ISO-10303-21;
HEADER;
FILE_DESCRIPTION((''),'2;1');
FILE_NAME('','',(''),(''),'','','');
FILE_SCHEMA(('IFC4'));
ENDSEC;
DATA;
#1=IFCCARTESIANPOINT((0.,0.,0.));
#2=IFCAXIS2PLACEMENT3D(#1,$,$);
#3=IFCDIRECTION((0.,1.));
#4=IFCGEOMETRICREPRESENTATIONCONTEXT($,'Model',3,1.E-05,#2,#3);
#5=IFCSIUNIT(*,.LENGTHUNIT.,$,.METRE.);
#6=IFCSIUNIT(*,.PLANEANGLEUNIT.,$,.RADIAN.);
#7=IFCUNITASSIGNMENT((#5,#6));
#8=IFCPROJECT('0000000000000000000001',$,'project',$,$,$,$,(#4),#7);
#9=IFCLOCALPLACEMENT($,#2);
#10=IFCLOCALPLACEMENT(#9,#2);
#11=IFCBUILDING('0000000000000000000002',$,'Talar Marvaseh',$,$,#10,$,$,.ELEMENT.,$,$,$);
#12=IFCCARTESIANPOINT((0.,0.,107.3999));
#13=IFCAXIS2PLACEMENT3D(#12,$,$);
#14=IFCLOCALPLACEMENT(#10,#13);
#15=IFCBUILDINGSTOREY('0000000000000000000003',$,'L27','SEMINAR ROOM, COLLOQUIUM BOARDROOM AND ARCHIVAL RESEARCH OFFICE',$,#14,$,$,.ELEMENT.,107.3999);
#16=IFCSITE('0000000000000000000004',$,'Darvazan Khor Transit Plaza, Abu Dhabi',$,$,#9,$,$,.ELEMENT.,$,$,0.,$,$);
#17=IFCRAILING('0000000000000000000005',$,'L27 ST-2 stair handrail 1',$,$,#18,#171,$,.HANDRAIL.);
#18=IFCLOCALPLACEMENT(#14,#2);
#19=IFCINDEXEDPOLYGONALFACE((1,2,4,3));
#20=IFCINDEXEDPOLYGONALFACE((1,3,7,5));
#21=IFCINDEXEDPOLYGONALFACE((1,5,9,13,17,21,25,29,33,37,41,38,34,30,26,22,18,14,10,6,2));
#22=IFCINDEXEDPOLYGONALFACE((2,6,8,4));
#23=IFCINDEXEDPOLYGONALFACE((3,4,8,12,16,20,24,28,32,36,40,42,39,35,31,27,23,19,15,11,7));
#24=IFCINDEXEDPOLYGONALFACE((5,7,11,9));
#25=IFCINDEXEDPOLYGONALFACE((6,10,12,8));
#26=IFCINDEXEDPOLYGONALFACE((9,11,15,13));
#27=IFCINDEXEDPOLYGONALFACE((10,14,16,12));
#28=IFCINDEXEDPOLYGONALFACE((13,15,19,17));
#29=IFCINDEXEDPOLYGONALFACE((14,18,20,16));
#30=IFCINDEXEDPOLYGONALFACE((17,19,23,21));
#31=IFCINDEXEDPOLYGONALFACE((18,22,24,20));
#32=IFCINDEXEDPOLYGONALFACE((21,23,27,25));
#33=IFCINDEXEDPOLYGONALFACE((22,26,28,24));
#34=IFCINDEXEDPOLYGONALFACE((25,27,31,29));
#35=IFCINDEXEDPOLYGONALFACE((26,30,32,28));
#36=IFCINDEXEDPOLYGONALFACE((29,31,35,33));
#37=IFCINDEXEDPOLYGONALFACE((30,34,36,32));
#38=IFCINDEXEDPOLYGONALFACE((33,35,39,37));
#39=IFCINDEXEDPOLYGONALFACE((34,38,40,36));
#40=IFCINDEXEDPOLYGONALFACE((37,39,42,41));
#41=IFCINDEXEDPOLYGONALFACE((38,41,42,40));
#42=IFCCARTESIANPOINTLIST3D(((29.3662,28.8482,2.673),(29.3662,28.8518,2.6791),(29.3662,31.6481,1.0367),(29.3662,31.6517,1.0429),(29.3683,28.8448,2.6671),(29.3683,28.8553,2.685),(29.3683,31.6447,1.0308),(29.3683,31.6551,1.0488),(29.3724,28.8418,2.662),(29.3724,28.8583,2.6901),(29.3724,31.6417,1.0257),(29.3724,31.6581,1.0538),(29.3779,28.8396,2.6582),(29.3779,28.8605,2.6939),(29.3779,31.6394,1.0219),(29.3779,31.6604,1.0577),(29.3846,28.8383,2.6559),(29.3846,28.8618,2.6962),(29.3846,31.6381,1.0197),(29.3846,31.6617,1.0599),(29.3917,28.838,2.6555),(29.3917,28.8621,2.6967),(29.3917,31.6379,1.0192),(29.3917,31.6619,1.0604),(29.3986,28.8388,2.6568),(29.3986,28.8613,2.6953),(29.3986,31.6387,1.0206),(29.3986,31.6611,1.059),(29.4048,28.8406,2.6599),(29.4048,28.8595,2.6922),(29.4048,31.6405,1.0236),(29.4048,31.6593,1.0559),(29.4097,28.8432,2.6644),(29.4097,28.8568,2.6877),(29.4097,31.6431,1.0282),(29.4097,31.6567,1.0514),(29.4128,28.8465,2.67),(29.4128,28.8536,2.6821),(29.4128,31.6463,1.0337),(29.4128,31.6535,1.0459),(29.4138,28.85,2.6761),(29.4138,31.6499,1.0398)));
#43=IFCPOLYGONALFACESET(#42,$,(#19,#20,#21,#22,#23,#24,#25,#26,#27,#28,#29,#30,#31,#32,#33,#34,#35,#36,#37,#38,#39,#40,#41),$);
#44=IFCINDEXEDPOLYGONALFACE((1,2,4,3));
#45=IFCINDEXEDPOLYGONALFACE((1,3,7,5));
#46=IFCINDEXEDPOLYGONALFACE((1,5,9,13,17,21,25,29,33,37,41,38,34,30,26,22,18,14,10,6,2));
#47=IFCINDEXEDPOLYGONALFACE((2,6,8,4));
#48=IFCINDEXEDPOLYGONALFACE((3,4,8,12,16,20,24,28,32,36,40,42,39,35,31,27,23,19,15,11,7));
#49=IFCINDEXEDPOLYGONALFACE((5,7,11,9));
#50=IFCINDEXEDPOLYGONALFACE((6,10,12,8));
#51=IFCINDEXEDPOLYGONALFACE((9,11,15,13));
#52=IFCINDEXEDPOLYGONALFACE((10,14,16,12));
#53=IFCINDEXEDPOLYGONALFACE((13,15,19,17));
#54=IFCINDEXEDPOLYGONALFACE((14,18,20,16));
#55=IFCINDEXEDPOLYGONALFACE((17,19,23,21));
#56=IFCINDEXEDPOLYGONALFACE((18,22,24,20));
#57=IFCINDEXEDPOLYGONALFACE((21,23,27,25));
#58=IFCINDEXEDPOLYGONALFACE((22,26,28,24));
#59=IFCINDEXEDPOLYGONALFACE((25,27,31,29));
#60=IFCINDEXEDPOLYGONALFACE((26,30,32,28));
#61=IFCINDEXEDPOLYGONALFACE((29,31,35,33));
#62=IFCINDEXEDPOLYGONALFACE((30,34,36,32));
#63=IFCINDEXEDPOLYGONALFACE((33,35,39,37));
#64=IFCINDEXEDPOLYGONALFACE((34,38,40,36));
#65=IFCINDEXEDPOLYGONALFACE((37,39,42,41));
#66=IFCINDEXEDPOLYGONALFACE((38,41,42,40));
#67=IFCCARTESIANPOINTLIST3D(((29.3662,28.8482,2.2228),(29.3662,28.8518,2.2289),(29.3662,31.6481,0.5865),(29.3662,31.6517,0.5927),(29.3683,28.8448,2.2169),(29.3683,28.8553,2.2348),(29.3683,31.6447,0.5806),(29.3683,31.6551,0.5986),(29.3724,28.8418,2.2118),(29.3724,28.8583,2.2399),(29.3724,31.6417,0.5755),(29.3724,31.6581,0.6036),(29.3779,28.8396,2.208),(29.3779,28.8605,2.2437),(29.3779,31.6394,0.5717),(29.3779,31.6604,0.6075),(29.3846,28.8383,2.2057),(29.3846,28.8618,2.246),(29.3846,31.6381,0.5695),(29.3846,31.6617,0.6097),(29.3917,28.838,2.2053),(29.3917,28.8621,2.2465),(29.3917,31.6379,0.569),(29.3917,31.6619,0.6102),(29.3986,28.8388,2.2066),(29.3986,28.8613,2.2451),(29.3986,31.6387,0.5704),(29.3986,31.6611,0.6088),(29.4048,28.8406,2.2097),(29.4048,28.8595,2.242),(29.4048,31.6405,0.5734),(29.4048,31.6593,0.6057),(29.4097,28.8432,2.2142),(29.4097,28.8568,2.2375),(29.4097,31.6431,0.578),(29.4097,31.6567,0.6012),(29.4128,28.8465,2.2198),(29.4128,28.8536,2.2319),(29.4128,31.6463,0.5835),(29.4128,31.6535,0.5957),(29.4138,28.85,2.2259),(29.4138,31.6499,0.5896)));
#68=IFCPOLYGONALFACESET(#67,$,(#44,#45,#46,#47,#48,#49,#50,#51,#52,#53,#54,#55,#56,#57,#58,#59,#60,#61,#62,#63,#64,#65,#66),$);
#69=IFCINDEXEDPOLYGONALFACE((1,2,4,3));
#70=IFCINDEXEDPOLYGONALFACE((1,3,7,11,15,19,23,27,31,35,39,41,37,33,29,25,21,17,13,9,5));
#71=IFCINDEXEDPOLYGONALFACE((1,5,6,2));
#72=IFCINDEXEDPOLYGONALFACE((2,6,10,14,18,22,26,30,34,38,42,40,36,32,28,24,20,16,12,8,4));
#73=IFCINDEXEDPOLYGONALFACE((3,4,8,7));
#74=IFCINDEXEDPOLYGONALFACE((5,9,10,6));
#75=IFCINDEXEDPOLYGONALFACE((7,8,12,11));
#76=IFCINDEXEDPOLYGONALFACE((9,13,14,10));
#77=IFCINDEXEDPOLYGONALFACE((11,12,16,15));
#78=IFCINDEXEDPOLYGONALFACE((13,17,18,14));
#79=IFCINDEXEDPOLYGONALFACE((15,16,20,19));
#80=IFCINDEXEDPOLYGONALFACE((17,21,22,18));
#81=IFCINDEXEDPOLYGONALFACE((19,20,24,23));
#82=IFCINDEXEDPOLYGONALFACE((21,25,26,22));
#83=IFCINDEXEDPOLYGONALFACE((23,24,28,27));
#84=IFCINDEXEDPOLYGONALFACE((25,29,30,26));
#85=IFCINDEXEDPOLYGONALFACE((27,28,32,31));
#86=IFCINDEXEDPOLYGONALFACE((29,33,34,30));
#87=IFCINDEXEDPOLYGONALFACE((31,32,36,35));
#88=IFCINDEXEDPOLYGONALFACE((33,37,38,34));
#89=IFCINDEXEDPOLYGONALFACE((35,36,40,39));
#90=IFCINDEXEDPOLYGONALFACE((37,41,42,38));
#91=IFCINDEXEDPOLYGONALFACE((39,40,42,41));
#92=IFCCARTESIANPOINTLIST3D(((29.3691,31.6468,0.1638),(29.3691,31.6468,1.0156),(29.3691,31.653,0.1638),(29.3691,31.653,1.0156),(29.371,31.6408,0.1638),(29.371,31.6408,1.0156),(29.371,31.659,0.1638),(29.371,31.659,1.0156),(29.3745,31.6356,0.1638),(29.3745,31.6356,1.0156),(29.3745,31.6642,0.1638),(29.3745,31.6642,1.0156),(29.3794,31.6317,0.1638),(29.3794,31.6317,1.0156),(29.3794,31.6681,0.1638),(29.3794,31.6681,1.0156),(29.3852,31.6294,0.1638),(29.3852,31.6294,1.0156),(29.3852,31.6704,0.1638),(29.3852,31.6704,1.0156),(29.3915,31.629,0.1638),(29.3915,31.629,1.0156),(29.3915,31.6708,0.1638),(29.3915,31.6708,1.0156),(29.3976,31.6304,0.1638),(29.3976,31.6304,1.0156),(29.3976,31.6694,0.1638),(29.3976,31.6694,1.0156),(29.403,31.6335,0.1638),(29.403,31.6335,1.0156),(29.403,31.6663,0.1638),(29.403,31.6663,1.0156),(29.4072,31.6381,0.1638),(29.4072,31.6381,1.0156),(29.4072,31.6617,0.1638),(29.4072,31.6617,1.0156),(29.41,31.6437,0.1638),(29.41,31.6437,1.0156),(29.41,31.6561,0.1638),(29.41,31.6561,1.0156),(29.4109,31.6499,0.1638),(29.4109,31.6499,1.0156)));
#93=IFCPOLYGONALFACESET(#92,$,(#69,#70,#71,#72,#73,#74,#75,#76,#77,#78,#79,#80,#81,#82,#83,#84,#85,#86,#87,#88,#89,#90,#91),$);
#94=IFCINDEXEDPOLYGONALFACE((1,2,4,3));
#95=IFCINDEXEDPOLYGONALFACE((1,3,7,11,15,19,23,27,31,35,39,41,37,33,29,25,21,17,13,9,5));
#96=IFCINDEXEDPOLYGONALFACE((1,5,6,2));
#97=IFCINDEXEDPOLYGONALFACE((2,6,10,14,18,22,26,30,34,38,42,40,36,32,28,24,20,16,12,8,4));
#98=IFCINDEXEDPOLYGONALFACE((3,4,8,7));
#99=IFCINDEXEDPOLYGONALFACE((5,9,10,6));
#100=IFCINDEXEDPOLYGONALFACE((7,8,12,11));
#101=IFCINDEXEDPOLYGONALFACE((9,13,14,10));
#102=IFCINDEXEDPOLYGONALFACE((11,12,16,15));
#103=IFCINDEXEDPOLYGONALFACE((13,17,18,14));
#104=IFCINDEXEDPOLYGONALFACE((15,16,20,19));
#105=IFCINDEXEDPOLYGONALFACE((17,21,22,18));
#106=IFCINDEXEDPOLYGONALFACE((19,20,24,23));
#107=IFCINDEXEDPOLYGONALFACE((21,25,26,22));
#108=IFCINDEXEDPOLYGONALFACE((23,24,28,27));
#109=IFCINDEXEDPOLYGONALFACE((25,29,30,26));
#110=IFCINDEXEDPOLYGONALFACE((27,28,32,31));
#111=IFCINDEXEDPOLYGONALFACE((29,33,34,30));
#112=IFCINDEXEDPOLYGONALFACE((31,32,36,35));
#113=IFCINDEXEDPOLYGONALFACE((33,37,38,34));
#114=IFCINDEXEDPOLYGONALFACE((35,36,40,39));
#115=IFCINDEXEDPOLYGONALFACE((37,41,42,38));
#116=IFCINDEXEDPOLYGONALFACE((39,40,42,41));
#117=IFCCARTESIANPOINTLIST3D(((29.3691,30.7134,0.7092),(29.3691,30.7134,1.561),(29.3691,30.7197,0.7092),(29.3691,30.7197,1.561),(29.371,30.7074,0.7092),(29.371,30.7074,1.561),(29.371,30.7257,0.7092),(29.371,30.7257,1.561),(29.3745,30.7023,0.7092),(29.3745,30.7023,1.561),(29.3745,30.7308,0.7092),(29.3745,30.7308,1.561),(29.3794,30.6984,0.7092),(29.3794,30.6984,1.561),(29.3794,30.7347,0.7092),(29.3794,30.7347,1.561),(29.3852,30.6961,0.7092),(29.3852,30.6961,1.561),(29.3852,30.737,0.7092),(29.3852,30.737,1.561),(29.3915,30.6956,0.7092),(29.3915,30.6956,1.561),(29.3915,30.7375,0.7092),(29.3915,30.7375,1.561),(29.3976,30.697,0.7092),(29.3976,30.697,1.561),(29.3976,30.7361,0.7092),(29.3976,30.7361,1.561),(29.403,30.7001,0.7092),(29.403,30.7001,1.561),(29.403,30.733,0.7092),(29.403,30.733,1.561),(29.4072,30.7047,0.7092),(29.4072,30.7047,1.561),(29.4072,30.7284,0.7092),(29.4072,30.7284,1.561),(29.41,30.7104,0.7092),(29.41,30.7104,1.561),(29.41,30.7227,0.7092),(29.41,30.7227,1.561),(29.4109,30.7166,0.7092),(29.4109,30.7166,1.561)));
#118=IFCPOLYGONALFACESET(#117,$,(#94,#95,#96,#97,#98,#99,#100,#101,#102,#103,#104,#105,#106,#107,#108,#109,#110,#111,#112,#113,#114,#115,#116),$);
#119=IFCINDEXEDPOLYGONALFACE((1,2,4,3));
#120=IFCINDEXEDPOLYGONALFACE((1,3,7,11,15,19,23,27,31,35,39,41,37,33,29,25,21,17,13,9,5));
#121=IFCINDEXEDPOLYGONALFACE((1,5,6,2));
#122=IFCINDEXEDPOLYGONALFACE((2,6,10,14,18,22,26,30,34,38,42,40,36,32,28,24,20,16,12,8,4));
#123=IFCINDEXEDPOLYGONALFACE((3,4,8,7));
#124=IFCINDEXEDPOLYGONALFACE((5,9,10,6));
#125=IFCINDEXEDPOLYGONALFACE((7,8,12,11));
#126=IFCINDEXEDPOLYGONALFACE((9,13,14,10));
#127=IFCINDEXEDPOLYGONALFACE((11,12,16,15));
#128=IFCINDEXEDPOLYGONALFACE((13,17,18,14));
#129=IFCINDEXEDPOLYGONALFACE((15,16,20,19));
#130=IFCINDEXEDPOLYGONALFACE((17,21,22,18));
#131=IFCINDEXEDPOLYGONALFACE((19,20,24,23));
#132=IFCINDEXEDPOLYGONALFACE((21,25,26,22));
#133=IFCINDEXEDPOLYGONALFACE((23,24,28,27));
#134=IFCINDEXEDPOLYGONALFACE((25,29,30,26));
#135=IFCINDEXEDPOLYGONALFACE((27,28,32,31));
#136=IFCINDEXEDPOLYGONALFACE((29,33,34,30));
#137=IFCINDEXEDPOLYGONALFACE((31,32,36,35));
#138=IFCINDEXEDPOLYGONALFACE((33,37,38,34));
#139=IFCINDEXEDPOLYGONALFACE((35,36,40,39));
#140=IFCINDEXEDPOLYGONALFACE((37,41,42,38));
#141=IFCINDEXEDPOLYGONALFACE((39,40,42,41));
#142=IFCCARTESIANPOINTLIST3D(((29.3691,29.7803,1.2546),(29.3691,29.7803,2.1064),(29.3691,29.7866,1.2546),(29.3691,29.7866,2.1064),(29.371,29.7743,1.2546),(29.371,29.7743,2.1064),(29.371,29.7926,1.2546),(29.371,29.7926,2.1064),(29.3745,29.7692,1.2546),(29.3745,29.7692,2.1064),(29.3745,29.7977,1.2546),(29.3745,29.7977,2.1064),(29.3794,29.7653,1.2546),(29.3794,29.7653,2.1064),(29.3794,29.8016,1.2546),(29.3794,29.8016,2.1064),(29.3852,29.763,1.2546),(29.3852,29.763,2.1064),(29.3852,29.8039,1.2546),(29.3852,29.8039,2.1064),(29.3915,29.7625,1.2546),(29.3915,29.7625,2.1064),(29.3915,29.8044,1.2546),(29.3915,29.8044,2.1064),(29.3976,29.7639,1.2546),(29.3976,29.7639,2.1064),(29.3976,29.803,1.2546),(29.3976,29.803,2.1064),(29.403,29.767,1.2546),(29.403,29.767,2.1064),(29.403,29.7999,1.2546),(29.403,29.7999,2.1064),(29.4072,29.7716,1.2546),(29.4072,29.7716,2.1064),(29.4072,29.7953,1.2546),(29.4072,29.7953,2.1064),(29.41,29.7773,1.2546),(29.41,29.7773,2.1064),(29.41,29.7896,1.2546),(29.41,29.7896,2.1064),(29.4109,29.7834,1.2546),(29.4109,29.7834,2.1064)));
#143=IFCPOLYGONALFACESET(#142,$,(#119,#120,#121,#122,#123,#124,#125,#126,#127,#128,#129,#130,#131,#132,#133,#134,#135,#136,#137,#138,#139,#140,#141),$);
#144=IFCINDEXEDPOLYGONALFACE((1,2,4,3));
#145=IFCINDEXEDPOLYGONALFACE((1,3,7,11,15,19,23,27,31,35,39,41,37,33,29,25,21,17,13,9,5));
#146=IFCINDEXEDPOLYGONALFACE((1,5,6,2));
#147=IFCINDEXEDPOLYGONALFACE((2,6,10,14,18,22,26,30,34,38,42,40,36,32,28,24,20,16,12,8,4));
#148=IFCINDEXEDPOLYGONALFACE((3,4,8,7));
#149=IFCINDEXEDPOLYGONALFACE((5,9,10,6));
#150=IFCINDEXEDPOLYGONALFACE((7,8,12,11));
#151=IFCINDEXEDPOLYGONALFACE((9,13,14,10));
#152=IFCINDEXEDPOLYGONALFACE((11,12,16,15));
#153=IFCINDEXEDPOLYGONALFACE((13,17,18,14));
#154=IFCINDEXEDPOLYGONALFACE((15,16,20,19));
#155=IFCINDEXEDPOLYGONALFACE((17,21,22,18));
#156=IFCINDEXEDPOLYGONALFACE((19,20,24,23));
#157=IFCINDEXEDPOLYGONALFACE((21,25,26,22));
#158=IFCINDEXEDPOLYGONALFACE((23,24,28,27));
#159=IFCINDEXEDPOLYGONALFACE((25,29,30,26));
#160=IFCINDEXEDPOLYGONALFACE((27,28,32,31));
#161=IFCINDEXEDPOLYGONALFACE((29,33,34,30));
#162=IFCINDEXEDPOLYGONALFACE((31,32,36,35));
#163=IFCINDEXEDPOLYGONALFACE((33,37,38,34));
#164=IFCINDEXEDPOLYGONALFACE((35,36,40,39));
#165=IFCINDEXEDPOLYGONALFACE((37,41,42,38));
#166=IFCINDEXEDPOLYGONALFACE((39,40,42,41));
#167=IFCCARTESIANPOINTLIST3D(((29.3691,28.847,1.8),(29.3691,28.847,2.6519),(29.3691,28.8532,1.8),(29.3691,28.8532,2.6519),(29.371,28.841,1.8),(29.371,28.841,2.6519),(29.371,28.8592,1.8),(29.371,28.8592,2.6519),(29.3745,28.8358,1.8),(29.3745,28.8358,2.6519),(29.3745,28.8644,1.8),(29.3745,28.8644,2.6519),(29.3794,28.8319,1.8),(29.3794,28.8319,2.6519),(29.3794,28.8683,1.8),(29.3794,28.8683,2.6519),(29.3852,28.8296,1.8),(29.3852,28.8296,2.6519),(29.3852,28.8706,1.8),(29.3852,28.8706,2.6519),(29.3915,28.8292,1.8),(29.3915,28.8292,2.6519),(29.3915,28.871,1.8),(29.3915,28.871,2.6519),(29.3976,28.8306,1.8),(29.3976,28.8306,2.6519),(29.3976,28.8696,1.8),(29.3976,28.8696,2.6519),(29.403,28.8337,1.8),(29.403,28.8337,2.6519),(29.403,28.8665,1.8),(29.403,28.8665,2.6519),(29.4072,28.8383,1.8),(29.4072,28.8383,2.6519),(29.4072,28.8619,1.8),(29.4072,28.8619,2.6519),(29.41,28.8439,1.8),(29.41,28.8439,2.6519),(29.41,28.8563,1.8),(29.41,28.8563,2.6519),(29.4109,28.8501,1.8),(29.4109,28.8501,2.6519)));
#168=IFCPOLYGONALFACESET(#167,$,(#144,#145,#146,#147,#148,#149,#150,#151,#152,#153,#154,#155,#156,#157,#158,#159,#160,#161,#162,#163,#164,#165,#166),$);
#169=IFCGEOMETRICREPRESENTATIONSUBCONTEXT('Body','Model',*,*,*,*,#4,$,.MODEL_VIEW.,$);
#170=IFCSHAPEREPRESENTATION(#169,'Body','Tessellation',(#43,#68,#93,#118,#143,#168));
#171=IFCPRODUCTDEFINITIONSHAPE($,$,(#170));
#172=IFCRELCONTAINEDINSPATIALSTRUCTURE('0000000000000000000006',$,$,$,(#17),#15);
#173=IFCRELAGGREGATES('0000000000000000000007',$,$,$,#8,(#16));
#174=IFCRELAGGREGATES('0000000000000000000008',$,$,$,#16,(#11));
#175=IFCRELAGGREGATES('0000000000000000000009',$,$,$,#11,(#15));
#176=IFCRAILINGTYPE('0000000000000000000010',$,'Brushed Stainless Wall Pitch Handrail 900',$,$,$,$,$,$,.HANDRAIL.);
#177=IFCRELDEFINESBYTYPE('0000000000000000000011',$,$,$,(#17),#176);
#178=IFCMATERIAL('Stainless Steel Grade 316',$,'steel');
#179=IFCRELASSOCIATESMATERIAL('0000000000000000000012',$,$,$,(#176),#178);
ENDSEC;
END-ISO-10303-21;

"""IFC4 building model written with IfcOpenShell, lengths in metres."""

from ifc_helpers import new_model, si_unit, direction, frame, origin, origin_2d, place, context, subcontext, project, spatial, circle, extrude, material, type_object, element, save


model = new_model("IFC4")

# Units and contexts
model_context = context("Model", 3, precision=1e-05, world=origin(), true_north=direction((0.0, 1.0)))
body_context = subcontext(model_context, "Body", "Model", "MODEL_VIEW")
ifc_project = project(units=[si_unit("LENGTHUNIT", "METRE"), si_unit("PLANEANGLEUNIT", "RADIAN")], contexts=[model_context])

# Site, building, storey
site_placement = place(None, origin())
site = spatial("IfcSite", under=ifc_project, at=site_placement, Name="Darvazan Khor Transit Plaza, Abu Dhabi", CompositionType="ELEMENT", RefElevation=0.0)
building_placement = place(site_placement, origin())
building = spatial("IfcBuilding", under=site, at=building_placement, Name="Talar Marvaseh", CompositionType="ELEMENT")
storey_placement = place(building_placement, frame((0.0, 0.0, 107.3999)))
storey = spatial("IfcBuildingStorey", under=building, at=storey_placement, Name="L27", Description="SEMINAR ROOM, COLLOQUIUM BOARDROOM AND ARCHIVAL RESEARCH OFFICE", CompositionType="ELEMENT", Elevation=107.3999)

# Shared definitions
ifc_material_1 = material(Name="Stainless Steel Grade 316", Category="steel")

# Railing
railing_type_1 = type_object("IfcRailingType", Name="Brushed Stainless Wall Pitch Handrail 900", PredefinedType="HANDRAIL", material=ifc_material_1)
railing_1_placement = place(storey_placement, frame((29.3899, 31.6499, 0.1638)))
element("IfcRailing", 1, at=railing_1_placement, inside=storey, type_object=railing_type_1, Name="L27 ST-2 stair handrail 1", PredefinedType="HANDRAIL", context=body_context, shape_type="SweptSolid", body=[
    extrude(circle(Radius=0.0239, at=origin_2d()), frame((0.0, 0.0, 0.876), z_axis=(0.0, -0.863374, 0.504564), x_axis=(1.0, 0.0, 0.0)), (0.0, 0.0, 1.0), 3.2429),
    extrude(circle(Radius=0.0239, at=origin_2d()), frame((0.0, 0.0, 0.4258), z_axis=(0.0, -0.863374, 0.504564), x_axis=(1.0, 0.0, 0.0)), (0.0, 0.0, 1.0), 3.2429),
    extrude(circle(Radius=0.021, at=origin_2d()), origin(), (0.0, 0.0, 1.0), 0.8518),
    extrude(circle(Radius=0.021, at=origin_2d()), frame((0.0, -0.9333, 0.5454)), (0.0, 0.0, 1.0), 0.8518),
    extrude(circle(Radius=0.021, at=origin_2d()), frame((0.0, -1.8665, 1.0908)), (0.0, 0.0, 1.0), 0.8518),
    extrude(circle(Radius=0.021, at=origin_2d()), frame((0.0, -2.7998, 1.6362)), (0.0, 0.0, 1.0), 0.8518),
])

save(model, "model.ifc")
